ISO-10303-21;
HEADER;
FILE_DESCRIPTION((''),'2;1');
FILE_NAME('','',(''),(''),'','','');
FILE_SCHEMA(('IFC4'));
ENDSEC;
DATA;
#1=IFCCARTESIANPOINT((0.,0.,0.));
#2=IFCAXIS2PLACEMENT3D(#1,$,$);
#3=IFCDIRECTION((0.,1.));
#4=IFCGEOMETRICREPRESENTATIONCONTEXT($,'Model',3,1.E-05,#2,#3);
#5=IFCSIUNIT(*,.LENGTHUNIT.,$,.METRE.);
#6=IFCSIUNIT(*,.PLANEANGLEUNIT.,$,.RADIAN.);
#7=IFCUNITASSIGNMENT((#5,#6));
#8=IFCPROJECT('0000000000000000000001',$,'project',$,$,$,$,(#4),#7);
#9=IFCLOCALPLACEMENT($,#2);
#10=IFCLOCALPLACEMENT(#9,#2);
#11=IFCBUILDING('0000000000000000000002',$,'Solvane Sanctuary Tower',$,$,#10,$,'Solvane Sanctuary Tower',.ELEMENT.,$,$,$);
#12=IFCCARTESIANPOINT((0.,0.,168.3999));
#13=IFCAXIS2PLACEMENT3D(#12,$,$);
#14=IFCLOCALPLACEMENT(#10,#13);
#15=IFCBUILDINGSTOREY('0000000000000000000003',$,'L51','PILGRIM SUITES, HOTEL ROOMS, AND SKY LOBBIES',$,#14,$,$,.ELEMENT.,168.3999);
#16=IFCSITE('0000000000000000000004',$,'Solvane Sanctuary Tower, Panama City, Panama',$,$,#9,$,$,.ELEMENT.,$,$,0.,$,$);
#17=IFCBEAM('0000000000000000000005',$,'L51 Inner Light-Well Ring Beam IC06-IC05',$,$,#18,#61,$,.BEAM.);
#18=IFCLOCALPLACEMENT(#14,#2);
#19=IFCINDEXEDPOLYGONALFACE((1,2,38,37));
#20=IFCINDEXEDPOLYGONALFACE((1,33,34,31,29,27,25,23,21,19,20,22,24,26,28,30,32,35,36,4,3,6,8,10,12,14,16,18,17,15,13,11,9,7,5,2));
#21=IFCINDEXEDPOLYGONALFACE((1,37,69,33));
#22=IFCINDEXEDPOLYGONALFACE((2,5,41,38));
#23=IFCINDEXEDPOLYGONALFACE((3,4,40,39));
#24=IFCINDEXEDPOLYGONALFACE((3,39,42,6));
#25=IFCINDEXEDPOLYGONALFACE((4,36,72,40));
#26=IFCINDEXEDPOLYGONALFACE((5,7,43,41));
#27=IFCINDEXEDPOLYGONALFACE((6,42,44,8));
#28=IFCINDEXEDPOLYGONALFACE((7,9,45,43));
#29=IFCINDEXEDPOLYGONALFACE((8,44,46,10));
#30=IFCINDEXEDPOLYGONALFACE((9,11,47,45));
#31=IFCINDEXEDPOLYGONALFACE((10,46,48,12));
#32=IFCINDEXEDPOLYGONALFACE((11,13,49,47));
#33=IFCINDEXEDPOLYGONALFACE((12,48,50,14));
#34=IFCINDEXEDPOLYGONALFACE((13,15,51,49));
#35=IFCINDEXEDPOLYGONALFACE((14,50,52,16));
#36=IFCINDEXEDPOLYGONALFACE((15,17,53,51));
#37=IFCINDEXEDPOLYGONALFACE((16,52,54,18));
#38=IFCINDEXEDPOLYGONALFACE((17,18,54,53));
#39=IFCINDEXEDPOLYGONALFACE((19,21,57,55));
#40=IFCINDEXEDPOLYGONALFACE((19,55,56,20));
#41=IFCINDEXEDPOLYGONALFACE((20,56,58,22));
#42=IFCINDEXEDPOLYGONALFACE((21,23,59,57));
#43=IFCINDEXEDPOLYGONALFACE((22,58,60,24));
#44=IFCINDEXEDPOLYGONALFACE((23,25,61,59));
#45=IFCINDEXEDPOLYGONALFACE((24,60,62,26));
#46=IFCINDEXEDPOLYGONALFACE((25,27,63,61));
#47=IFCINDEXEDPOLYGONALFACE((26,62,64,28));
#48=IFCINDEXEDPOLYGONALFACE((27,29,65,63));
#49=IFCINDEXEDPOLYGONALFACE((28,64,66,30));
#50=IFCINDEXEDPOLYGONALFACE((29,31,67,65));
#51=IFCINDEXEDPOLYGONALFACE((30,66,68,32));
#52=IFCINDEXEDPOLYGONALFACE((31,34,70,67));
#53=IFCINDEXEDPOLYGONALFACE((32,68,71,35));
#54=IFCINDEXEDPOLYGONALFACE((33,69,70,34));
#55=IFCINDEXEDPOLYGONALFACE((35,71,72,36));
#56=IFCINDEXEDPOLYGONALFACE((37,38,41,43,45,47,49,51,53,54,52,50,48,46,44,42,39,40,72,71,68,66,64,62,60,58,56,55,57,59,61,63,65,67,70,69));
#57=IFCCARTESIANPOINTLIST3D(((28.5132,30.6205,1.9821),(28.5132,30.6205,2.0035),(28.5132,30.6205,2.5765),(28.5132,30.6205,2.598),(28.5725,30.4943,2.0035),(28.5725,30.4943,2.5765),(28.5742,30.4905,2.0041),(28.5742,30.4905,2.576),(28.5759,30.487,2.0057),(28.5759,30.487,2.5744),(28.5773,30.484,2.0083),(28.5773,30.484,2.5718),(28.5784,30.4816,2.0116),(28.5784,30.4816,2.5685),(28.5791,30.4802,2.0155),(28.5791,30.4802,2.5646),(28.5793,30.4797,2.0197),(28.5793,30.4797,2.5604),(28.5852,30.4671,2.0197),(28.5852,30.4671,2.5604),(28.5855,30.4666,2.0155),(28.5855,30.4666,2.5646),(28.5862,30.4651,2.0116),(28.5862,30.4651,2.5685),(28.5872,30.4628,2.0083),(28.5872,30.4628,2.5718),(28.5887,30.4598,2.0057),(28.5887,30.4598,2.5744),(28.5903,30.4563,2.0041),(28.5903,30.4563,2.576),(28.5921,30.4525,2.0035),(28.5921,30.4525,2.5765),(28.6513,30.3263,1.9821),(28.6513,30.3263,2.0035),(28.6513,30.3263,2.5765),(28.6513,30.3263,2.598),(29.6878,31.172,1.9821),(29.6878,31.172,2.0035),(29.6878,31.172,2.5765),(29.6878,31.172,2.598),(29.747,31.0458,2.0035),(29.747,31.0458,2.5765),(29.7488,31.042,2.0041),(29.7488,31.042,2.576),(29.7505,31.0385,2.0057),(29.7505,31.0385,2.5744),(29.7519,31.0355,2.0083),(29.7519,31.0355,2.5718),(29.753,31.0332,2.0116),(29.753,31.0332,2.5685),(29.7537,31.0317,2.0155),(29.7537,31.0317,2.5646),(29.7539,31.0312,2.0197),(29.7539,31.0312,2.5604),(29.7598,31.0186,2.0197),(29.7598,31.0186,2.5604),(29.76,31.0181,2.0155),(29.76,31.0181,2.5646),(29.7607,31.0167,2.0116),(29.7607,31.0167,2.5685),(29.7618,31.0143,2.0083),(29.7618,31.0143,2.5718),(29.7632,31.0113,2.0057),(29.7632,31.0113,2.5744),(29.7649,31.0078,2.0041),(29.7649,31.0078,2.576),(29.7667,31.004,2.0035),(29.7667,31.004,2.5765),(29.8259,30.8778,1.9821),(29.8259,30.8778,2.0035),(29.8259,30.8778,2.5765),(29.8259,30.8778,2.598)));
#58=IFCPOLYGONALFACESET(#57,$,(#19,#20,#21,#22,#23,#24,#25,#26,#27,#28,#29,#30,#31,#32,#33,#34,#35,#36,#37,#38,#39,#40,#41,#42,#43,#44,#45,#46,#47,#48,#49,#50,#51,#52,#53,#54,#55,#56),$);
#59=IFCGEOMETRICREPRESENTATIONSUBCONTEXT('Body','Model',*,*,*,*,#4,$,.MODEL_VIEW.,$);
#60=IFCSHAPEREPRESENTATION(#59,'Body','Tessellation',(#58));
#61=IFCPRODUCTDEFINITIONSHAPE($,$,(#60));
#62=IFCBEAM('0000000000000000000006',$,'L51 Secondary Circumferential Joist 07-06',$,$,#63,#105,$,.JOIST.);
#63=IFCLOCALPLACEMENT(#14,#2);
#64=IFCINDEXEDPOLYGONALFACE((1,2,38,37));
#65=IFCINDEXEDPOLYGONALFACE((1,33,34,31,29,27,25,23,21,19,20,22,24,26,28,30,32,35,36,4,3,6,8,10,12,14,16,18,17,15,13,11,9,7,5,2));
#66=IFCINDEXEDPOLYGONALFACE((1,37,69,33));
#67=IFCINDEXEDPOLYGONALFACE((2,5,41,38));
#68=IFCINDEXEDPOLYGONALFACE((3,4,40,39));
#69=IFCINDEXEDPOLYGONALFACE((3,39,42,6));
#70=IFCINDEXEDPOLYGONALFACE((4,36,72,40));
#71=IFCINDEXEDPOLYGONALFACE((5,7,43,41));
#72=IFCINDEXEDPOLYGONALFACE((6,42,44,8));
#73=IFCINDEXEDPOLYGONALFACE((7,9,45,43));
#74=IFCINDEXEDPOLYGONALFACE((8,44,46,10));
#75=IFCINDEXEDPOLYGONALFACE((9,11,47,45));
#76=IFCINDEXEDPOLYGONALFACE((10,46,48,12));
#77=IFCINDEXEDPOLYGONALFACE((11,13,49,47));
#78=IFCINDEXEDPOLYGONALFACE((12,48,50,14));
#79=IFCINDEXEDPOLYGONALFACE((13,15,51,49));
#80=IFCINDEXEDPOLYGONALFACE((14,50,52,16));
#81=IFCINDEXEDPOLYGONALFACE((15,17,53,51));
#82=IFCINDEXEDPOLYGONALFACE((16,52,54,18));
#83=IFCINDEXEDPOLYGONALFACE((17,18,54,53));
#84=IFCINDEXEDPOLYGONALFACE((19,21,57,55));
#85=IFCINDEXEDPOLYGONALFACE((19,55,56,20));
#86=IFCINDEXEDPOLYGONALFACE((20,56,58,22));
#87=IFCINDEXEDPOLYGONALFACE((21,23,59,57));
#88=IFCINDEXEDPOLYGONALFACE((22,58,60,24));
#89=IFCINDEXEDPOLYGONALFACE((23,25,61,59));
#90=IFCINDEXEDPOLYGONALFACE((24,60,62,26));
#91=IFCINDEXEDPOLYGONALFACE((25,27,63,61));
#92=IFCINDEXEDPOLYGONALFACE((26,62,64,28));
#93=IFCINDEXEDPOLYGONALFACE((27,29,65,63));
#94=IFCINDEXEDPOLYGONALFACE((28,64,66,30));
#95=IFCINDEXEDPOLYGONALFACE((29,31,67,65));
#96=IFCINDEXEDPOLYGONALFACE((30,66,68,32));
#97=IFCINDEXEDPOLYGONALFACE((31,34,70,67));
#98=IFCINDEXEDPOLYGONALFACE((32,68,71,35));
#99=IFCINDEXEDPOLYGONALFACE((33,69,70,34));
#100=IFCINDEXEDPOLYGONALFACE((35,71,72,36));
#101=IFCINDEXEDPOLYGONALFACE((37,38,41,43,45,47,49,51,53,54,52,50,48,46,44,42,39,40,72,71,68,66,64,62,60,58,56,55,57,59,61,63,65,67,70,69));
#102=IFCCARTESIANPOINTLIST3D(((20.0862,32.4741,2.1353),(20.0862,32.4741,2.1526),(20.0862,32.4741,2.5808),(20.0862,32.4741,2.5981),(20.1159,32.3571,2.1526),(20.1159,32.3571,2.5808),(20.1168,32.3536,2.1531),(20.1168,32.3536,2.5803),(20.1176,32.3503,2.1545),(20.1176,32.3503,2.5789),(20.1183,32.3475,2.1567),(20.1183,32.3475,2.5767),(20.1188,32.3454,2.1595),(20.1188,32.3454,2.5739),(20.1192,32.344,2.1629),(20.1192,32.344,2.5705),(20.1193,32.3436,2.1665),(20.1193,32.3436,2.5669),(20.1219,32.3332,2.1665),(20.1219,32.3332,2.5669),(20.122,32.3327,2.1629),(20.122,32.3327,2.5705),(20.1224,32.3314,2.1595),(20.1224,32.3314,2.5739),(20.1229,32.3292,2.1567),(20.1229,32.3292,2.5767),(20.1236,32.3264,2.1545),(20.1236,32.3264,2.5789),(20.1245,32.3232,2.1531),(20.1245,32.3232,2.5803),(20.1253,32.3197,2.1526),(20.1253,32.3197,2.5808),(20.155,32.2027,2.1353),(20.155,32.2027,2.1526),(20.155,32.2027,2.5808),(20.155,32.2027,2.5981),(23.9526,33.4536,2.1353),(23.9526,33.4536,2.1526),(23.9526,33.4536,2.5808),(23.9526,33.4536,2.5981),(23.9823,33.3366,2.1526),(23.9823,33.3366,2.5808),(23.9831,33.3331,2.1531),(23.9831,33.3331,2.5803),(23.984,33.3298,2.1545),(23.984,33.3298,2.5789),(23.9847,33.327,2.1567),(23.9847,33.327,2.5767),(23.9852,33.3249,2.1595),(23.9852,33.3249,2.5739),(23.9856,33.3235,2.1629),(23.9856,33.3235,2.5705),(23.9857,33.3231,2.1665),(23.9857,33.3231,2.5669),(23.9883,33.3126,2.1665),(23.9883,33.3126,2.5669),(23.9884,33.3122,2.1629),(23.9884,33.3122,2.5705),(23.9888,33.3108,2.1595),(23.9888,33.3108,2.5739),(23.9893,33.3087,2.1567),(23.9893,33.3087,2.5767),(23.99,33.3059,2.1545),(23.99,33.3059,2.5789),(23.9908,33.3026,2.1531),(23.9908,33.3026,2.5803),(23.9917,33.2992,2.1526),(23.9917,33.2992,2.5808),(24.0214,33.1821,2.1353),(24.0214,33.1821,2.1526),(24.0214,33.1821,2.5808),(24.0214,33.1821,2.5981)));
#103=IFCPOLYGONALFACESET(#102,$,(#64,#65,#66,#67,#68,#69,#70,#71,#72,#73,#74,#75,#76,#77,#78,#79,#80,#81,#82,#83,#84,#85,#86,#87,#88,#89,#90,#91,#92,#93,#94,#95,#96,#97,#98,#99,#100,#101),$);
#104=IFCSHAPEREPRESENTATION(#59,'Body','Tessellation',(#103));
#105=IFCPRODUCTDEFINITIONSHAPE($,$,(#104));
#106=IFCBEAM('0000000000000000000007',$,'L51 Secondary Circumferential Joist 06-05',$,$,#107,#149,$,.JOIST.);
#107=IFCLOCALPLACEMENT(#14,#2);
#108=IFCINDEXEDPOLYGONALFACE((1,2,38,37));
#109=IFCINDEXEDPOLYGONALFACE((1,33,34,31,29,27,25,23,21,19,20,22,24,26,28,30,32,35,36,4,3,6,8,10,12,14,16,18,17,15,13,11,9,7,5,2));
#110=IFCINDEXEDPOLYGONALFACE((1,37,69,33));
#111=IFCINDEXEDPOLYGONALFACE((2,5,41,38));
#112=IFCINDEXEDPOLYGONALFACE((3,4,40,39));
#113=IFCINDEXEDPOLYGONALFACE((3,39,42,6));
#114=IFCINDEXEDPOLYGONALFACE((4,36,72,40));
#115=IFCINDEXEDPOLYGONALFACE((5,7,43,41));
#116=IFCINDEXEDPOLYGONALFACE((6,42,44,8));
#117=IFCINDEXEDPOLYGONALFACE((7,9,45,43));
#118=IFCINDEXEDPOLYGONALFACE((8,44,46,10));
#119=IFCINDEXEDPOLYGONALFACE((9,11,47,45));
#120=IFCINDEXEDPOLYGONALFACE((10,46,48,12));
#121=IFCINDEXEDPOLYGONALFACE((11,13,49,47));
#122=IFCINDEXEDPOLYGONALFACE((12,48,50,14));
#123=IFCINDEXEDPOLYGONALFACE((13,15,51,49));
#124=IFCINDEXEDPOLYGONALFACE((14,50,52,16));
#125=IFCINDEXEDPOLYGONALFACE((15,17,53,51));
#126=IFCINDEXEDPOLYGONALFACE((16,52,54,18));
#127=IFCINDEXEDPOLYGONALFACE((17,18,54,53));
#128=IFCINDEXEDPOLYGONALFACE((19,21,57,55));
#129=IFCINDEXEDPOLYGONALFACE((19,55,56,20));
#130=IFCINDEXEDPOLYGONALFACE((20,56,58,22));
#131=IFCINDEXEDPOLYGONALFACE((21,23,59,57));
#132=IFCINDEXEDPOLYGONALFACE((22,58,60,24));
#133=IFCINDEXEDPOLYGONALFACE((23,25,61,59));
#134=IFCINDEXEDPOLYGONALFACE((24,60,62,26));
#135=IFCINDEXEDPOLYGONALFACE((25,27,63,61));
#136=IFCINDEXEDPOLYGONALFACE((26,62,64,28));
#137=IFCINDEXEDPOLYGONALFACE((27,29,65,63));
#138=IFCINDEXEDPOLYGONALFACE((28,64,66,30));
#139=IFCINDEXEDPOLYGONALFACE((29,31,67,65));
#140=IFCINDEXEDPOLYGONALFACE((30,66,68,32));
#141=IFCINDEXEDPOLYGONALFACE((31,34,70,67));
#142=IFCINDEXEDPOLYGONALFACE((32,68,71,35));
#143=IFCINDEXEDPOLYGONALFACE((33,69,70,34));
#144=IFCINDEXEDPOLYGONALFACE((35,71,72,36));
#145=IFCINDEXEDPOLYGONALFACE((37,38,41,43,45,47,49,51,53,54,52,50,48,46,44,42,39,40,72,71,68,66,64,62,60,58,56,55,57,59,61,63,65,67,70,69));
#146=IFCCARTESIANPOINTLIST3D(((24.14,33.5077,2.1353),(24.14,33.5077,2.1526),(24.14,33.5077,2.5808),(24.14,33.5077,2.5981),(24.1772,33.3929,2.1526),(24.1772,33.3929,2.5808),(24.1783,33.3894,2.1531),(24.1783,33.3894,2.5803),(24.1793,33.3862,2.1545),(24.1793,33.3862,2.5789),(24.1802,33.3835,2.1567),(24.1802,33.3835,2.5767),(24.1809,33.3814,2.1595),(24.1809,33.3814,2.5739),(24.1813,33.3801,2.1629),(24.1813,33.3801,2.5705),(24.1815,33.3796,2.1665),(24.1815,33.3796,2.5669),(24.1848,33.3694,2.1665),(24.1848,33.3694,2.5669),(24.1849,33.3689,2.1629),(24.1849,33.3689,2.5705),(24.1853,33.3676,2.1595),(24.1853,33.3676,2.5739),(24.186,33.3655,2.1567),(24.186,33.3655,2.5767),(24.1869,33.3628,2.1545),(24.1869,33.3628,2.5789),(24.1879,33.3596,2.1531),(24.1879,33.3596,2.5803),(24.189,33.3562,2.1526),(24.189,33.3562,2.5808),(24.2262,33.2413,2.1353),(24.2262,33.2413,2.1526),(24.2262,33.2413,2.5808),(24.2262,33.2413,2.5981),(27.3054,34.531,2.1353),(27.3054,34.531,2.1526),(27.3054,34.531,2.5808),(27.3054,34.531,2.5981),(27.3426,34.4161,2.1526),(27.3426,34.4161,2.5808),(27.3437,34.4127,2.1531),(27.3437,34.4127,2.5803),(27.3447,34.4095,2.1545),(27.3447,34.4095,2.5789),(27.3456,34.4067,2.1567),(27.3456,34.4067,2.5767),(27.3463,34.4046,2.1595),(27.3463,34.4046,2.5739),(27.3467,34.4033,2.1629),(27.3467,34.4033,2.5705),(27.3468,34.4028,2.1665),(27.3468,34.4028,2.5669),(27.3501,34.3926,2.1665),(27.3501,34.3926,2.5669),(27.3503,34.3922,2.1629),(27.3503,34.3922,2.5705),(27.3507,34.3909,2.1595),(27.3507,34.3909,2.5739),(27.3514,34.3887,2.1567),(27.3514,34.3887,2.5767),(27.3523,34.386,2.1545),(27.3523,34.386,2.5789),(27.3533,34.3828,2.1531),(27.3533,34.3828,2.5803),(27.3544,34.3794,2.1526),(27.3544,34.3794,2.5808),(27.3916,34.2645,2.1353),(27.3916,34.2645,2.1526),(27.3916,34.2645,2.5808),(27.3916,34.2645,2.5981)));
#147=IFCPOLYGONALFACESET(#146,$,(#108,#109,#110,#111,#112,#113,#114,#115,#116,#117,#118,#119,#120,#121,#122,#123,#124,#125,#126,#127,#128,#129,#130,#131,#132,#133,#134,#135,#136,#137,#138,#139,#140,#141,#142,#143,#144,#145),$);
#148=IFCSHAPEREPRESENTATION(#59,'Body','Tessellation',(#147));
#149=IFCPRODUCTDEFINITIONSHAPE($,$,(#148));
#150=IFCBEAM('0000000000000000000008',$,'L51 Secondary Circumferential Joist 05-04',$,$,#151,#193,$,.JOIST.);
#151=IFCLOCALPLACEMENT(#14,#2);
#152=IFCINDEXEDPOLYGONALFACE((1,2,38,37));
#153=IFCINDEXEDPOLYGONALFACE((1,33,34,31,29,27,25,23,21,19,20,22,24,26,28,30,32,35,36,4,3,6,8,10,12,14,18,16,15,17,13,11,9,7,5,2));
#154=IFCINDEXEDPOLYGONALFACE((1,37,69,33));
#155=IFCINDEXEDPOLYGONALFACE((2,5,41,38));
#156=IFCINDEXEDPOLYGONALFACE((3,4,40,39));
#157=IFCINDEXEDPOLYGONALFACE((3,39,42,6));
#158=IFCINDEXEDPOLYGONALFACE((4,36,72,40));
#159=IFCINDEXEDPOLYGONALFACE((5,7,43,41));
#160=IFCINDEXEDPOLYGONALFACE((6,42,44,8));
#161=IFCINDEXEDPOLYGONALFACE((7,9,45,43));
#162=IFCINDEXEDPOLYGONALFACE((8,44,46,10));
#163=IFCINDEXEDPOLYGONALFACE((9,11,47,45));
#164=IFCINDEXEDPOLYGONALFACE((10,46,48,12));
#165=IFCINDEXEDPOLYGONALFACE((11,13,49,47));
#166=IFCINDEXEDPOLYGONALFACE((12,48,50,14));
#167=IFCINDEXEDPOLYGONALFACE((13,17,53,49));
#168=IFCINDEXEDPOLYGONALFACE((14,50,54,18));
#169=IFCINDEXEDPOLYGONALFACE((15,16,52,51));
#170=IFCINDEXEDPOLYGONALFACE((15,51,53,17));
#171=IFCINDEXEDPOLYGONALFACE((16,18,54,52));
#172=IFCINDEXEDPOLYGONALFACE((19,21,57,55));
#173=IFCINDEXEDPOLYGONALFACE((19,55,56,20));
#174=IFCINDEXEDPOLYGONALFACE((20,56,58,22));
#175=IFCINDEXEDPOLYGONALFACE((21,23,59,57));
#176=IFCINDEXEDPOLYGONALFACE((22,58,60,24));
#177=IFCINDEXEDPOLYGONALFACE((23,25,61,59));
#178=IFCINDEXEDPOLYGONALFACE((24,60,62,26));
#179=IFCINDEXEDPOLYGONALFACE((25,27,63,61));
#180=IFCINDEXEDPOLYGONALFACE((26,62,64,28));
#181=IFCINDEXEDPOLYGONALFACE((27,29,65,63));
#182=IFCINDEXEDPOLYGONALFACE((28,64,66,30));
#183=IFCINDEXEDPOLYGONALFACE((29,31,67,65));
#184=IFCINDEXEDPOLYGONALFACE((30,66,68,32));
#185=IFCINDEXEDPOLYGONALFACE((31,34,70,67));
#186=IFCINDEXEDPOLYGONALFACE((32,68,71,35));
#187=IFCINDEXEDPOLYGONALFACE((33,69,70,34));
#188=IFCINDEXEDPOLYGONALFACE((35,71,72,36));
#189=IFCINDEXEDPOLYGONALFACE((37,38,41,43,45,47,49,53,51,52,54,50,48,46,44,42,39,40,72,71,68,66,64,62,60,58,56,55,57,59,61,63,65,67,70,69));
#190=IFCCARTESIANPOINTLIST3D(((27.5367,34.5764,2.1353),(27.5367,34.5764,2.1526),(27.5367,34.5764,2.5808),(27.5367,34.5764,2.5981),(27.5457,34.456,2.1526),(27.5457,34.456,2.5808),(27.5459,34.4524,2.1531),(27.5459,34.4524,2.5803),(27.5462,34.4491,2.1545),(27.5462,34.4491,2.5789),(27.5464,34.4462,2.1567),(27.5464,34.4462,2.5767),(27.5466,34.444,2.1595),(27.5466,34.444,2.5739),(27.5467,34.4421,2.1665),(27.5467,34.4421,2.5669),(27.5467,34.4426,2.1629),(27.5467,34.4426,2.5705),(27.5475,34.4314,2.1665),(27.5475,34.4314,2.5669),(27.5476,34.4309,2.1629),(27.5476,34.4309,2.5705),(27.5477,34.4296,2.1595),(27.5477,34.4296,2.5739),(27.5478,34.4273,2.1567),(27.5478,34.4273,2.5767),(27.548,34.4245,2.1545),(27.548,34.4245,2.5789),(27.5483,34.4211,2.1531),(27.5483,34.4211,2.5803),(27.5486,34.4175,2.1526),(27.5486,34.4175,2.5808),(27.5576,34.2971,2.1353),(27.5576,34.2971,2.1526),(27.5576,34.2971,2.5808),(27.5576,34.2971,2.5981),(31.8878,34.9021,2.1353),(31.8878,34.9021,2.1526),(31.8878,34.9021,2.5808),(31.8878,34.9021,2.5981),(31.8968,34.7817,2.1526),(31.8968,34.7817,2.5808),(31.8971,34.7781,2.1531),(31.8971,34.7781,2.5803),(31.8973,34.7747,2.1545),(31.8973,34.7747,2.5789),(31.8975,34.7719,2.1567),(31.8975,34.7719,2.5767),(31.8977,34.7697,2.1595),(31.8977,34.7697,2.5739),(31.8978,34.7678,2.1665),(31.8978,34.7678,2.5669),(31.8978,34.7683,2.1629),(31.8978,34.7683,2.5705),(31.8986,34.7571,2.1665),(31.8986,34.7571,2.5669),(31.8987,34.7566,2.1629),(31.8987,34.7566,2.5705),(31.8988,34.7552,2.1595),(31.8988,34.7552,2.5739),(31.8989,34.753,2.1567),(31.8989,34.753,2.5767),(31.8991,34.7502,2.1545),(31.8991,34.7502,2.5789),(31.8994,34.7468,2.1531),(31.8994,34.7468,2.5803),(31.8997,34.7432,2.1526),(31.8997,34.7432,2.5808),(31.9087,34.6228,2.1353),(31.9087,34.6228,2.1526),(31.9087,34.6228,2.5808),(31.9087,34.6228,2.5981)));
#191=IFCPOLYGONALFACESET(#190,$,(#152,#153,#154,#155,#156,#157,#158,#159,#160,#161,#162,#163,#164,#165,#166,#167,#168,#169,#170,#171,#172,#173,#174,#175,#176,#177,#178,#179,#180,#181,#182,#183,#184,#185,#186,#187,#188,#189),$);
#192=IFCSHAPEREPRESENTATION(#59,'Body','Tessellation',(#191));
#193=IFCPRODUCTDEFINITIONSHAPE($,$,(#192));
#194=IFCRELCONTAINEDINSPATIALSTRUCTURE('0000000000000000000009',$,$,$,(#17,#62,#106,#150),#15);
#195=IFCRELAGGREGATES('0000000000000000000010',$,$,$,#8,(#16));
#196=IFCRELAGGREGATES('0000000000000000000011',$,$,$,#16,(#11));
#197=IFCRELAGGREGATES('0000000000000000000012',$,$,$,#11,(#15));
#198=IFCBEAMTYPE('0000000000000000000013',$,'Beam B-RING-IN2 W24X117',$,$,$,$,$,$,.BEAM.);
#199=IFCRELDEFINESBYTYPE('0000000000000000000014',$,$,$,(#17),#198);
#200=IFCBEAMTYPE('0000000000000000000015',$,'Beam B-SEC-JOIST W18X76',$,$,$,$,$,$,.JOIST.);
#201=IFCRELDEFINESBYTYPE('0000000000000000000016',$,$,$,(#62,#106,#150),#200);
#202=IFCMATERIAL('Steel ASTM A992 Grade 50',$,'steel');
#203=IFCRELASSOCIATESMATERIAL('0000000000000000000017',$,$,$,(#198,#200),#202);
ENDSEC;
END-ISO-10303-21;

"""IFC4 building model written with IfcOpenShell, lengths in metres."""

from ifc_helpers import new_model, si_unit, direction, frame, origin, origin_2d, place, context, subcontext, project, spatial, i_section, extrude, material, material_profile, profile_set, type_object, element, save


model = new_model("IFC4")

# Units and contexts
model_context = context("Model", 3, precision=1e-05, world=origin(), true_north=direction((0.0, 1.0)))
body_context = subcontext(model_context, "Body", "Model", "MODEL_VIEW")
ifc_project = project(units=[si_unit("LENGTHUNIT", "METRE"), si_unit("PLANEANGLEUNIT", "RADIAN")], contexts=[model_context])

# Site, building, storey
site_placement = place(None, origin())
site = spatial("IfcSite", under=ifc_project, at=site_placement, Name="Solvane Sanctuary Tower, Panama City, Panama", CompositionType="ELEMENT", RefElevation=0.0)
building_placement = place(site_placement, origin())
building = spatial("IfcBuilding", under=site, at=building_placement, Name="Solvane Sanctuary Tower", LongName="Solvane Sanctuary Tower", CompositionType="ELEMENT")
storey_placement = place(building_placement, frame((0.0, 0.0, 168.3999)))
storey = spatial("IfcBuildingStorey", under=building, at=storey_placement, Name="L51", Description="PILGRIM SUITES, HOTEL ROOMS, AND SKY LOBBIES", CompositionType="ELEMENT", Elevation=168.3999)

# Beams
ifc_material_1 = material(Name="Steel ASTM A992 Grade 50", Category="steel")
ifc_material_profile_1 = material_profile(ifc_material_1, i_section(OverallWidth=0.325, OverallDepth=0.616, WebThickness=0.0139, FlangeThickness=0.0215, FilletRadius=0.0161, at=origin_2d()), Name="W24X117")
ifc_profile_set_1 = profile_set([ifc_material_profile_1], Name="Steel ASTM A992 Grade 50")
beam_type_1 = type_object("IfcBeamType", Name="Beam B-RING-IN2 W24X117", PredefinedType="BEAM", material=ifc_profile_set_1)
beam_1_placement = place(storey_placement, frame((28.5823, 30.4734, 2.29), z_axis=(0.905181, 0.425027, 0.0), x_axis=(-0.425027, 0.905181, 0.0)))
element("IfcBeam", 1, at=beam_1_placement, inside=storey, type_object=beam_type_1, Name="L51 Inner Light-Well Ring Beam IC06-IC05", PredefinedType="BEAM", context=body_context, shape_type="SweptSolid", body=[
    extrude(i_section(OverallWidth=0.325, OverallDepth=0.616, WebThickness=0.0139, FlangeThickness=0.0215, FilletRadius=0.0161, at=origin_2d()), origin(), (0.0, 0.0, 1.0), 1.2976),
])
ifc_material_profile_2 = material_profile(ifc_material_1, i_section(OverallWidth=0.28, OverallDepth=0.4629, WebThickness=0.0107, FlangeThickness=0.0173, FilletRadius=0.0139, at=origin_2d()), Name="W18X76")
ifc_profile_set_2 = profile_set([ifc_material_profile_2], Name="Steel ASTM A992 Grade 50")
beam_type_2 = type_object("IfcBeamType", Name="Beam B-SEC-JOIST W18X76", PredefinedType="JOIST", material=ifc_profile_set_2)
beam_2_placement = place(storey_placement, frame((20.1206, 32.3384, 2.3667), z_axis=(0.969378, 0.245573, 0.0), x_axis=(-0.245573, 0.969378, 0.0)))
element("IfcBeam", 2, at=beam_2_placement, inside=storey, type_object=beam_type_2, Name="L51 Secondary Circumferential Joist 07-06", PredefinedType="JOIST", context=body_context, shape_type="SweptSolid", body=[
    extrude(i_section(OverallWidth=0.28, OverallDepth=0.4629, WebThickness=0.0107, FlangeThickness=0.0173, FilletRadius=0.0139, at=origin_2d()), origin(), (0.0, 0.0, 1.0), 3.9885),
])
beam_3_placement = place(storey_placement, frame((24.1831, 33.3745, 2.3667), z_axis=(0.951521, 0.307584, 0.0), x_axis=(-0.307584, 0.951521, 0.0)))
element("IfcBeam", 3, at=beam_3_placement, inside=storey, type_object=beam_type_2, Name="L51 Secondary Circumferential Joist 06-05", PredefinedType="JOIST", context=body_context, shape_type="SweptSolid", body=[
    extrude(i_section(OverallWidth=0.28, OverallDepth=0.4629, WebThickness=0.0107, FlangeThickness=0.0173, FilletRadius=0.0139, at=origin_2d()), origin(), (0.0, 0.0, 1.0), 3.3267),
])
beam_4_placement = place(storey_placement, frame((27.5471, 34.4368, 2.3667), z_axis=(0.99721, 0.074642, 0.0), x_axis=(-0.074642, 0.99721, 0.0)))
element("IfcBeam", 4, at=beam_4_placement, inside=storey, type_object=beam_type_2, Name="L51 Secondary Circumferential Joist 05-04", PredefinedType="JOIST", context=body_context, shape_type="SweptSolid", body=[
    extrude(i_section(OverallWidth=0.28, OverallDepth=0.4629, WebThickness=0.0107, FlangeThickness=0.0173, FilletRadius=0.0139, at=origin_2d()), origin(), (0.0, 0.0, 1.0), 4.3633),
])

save(model, "model.ifc")
